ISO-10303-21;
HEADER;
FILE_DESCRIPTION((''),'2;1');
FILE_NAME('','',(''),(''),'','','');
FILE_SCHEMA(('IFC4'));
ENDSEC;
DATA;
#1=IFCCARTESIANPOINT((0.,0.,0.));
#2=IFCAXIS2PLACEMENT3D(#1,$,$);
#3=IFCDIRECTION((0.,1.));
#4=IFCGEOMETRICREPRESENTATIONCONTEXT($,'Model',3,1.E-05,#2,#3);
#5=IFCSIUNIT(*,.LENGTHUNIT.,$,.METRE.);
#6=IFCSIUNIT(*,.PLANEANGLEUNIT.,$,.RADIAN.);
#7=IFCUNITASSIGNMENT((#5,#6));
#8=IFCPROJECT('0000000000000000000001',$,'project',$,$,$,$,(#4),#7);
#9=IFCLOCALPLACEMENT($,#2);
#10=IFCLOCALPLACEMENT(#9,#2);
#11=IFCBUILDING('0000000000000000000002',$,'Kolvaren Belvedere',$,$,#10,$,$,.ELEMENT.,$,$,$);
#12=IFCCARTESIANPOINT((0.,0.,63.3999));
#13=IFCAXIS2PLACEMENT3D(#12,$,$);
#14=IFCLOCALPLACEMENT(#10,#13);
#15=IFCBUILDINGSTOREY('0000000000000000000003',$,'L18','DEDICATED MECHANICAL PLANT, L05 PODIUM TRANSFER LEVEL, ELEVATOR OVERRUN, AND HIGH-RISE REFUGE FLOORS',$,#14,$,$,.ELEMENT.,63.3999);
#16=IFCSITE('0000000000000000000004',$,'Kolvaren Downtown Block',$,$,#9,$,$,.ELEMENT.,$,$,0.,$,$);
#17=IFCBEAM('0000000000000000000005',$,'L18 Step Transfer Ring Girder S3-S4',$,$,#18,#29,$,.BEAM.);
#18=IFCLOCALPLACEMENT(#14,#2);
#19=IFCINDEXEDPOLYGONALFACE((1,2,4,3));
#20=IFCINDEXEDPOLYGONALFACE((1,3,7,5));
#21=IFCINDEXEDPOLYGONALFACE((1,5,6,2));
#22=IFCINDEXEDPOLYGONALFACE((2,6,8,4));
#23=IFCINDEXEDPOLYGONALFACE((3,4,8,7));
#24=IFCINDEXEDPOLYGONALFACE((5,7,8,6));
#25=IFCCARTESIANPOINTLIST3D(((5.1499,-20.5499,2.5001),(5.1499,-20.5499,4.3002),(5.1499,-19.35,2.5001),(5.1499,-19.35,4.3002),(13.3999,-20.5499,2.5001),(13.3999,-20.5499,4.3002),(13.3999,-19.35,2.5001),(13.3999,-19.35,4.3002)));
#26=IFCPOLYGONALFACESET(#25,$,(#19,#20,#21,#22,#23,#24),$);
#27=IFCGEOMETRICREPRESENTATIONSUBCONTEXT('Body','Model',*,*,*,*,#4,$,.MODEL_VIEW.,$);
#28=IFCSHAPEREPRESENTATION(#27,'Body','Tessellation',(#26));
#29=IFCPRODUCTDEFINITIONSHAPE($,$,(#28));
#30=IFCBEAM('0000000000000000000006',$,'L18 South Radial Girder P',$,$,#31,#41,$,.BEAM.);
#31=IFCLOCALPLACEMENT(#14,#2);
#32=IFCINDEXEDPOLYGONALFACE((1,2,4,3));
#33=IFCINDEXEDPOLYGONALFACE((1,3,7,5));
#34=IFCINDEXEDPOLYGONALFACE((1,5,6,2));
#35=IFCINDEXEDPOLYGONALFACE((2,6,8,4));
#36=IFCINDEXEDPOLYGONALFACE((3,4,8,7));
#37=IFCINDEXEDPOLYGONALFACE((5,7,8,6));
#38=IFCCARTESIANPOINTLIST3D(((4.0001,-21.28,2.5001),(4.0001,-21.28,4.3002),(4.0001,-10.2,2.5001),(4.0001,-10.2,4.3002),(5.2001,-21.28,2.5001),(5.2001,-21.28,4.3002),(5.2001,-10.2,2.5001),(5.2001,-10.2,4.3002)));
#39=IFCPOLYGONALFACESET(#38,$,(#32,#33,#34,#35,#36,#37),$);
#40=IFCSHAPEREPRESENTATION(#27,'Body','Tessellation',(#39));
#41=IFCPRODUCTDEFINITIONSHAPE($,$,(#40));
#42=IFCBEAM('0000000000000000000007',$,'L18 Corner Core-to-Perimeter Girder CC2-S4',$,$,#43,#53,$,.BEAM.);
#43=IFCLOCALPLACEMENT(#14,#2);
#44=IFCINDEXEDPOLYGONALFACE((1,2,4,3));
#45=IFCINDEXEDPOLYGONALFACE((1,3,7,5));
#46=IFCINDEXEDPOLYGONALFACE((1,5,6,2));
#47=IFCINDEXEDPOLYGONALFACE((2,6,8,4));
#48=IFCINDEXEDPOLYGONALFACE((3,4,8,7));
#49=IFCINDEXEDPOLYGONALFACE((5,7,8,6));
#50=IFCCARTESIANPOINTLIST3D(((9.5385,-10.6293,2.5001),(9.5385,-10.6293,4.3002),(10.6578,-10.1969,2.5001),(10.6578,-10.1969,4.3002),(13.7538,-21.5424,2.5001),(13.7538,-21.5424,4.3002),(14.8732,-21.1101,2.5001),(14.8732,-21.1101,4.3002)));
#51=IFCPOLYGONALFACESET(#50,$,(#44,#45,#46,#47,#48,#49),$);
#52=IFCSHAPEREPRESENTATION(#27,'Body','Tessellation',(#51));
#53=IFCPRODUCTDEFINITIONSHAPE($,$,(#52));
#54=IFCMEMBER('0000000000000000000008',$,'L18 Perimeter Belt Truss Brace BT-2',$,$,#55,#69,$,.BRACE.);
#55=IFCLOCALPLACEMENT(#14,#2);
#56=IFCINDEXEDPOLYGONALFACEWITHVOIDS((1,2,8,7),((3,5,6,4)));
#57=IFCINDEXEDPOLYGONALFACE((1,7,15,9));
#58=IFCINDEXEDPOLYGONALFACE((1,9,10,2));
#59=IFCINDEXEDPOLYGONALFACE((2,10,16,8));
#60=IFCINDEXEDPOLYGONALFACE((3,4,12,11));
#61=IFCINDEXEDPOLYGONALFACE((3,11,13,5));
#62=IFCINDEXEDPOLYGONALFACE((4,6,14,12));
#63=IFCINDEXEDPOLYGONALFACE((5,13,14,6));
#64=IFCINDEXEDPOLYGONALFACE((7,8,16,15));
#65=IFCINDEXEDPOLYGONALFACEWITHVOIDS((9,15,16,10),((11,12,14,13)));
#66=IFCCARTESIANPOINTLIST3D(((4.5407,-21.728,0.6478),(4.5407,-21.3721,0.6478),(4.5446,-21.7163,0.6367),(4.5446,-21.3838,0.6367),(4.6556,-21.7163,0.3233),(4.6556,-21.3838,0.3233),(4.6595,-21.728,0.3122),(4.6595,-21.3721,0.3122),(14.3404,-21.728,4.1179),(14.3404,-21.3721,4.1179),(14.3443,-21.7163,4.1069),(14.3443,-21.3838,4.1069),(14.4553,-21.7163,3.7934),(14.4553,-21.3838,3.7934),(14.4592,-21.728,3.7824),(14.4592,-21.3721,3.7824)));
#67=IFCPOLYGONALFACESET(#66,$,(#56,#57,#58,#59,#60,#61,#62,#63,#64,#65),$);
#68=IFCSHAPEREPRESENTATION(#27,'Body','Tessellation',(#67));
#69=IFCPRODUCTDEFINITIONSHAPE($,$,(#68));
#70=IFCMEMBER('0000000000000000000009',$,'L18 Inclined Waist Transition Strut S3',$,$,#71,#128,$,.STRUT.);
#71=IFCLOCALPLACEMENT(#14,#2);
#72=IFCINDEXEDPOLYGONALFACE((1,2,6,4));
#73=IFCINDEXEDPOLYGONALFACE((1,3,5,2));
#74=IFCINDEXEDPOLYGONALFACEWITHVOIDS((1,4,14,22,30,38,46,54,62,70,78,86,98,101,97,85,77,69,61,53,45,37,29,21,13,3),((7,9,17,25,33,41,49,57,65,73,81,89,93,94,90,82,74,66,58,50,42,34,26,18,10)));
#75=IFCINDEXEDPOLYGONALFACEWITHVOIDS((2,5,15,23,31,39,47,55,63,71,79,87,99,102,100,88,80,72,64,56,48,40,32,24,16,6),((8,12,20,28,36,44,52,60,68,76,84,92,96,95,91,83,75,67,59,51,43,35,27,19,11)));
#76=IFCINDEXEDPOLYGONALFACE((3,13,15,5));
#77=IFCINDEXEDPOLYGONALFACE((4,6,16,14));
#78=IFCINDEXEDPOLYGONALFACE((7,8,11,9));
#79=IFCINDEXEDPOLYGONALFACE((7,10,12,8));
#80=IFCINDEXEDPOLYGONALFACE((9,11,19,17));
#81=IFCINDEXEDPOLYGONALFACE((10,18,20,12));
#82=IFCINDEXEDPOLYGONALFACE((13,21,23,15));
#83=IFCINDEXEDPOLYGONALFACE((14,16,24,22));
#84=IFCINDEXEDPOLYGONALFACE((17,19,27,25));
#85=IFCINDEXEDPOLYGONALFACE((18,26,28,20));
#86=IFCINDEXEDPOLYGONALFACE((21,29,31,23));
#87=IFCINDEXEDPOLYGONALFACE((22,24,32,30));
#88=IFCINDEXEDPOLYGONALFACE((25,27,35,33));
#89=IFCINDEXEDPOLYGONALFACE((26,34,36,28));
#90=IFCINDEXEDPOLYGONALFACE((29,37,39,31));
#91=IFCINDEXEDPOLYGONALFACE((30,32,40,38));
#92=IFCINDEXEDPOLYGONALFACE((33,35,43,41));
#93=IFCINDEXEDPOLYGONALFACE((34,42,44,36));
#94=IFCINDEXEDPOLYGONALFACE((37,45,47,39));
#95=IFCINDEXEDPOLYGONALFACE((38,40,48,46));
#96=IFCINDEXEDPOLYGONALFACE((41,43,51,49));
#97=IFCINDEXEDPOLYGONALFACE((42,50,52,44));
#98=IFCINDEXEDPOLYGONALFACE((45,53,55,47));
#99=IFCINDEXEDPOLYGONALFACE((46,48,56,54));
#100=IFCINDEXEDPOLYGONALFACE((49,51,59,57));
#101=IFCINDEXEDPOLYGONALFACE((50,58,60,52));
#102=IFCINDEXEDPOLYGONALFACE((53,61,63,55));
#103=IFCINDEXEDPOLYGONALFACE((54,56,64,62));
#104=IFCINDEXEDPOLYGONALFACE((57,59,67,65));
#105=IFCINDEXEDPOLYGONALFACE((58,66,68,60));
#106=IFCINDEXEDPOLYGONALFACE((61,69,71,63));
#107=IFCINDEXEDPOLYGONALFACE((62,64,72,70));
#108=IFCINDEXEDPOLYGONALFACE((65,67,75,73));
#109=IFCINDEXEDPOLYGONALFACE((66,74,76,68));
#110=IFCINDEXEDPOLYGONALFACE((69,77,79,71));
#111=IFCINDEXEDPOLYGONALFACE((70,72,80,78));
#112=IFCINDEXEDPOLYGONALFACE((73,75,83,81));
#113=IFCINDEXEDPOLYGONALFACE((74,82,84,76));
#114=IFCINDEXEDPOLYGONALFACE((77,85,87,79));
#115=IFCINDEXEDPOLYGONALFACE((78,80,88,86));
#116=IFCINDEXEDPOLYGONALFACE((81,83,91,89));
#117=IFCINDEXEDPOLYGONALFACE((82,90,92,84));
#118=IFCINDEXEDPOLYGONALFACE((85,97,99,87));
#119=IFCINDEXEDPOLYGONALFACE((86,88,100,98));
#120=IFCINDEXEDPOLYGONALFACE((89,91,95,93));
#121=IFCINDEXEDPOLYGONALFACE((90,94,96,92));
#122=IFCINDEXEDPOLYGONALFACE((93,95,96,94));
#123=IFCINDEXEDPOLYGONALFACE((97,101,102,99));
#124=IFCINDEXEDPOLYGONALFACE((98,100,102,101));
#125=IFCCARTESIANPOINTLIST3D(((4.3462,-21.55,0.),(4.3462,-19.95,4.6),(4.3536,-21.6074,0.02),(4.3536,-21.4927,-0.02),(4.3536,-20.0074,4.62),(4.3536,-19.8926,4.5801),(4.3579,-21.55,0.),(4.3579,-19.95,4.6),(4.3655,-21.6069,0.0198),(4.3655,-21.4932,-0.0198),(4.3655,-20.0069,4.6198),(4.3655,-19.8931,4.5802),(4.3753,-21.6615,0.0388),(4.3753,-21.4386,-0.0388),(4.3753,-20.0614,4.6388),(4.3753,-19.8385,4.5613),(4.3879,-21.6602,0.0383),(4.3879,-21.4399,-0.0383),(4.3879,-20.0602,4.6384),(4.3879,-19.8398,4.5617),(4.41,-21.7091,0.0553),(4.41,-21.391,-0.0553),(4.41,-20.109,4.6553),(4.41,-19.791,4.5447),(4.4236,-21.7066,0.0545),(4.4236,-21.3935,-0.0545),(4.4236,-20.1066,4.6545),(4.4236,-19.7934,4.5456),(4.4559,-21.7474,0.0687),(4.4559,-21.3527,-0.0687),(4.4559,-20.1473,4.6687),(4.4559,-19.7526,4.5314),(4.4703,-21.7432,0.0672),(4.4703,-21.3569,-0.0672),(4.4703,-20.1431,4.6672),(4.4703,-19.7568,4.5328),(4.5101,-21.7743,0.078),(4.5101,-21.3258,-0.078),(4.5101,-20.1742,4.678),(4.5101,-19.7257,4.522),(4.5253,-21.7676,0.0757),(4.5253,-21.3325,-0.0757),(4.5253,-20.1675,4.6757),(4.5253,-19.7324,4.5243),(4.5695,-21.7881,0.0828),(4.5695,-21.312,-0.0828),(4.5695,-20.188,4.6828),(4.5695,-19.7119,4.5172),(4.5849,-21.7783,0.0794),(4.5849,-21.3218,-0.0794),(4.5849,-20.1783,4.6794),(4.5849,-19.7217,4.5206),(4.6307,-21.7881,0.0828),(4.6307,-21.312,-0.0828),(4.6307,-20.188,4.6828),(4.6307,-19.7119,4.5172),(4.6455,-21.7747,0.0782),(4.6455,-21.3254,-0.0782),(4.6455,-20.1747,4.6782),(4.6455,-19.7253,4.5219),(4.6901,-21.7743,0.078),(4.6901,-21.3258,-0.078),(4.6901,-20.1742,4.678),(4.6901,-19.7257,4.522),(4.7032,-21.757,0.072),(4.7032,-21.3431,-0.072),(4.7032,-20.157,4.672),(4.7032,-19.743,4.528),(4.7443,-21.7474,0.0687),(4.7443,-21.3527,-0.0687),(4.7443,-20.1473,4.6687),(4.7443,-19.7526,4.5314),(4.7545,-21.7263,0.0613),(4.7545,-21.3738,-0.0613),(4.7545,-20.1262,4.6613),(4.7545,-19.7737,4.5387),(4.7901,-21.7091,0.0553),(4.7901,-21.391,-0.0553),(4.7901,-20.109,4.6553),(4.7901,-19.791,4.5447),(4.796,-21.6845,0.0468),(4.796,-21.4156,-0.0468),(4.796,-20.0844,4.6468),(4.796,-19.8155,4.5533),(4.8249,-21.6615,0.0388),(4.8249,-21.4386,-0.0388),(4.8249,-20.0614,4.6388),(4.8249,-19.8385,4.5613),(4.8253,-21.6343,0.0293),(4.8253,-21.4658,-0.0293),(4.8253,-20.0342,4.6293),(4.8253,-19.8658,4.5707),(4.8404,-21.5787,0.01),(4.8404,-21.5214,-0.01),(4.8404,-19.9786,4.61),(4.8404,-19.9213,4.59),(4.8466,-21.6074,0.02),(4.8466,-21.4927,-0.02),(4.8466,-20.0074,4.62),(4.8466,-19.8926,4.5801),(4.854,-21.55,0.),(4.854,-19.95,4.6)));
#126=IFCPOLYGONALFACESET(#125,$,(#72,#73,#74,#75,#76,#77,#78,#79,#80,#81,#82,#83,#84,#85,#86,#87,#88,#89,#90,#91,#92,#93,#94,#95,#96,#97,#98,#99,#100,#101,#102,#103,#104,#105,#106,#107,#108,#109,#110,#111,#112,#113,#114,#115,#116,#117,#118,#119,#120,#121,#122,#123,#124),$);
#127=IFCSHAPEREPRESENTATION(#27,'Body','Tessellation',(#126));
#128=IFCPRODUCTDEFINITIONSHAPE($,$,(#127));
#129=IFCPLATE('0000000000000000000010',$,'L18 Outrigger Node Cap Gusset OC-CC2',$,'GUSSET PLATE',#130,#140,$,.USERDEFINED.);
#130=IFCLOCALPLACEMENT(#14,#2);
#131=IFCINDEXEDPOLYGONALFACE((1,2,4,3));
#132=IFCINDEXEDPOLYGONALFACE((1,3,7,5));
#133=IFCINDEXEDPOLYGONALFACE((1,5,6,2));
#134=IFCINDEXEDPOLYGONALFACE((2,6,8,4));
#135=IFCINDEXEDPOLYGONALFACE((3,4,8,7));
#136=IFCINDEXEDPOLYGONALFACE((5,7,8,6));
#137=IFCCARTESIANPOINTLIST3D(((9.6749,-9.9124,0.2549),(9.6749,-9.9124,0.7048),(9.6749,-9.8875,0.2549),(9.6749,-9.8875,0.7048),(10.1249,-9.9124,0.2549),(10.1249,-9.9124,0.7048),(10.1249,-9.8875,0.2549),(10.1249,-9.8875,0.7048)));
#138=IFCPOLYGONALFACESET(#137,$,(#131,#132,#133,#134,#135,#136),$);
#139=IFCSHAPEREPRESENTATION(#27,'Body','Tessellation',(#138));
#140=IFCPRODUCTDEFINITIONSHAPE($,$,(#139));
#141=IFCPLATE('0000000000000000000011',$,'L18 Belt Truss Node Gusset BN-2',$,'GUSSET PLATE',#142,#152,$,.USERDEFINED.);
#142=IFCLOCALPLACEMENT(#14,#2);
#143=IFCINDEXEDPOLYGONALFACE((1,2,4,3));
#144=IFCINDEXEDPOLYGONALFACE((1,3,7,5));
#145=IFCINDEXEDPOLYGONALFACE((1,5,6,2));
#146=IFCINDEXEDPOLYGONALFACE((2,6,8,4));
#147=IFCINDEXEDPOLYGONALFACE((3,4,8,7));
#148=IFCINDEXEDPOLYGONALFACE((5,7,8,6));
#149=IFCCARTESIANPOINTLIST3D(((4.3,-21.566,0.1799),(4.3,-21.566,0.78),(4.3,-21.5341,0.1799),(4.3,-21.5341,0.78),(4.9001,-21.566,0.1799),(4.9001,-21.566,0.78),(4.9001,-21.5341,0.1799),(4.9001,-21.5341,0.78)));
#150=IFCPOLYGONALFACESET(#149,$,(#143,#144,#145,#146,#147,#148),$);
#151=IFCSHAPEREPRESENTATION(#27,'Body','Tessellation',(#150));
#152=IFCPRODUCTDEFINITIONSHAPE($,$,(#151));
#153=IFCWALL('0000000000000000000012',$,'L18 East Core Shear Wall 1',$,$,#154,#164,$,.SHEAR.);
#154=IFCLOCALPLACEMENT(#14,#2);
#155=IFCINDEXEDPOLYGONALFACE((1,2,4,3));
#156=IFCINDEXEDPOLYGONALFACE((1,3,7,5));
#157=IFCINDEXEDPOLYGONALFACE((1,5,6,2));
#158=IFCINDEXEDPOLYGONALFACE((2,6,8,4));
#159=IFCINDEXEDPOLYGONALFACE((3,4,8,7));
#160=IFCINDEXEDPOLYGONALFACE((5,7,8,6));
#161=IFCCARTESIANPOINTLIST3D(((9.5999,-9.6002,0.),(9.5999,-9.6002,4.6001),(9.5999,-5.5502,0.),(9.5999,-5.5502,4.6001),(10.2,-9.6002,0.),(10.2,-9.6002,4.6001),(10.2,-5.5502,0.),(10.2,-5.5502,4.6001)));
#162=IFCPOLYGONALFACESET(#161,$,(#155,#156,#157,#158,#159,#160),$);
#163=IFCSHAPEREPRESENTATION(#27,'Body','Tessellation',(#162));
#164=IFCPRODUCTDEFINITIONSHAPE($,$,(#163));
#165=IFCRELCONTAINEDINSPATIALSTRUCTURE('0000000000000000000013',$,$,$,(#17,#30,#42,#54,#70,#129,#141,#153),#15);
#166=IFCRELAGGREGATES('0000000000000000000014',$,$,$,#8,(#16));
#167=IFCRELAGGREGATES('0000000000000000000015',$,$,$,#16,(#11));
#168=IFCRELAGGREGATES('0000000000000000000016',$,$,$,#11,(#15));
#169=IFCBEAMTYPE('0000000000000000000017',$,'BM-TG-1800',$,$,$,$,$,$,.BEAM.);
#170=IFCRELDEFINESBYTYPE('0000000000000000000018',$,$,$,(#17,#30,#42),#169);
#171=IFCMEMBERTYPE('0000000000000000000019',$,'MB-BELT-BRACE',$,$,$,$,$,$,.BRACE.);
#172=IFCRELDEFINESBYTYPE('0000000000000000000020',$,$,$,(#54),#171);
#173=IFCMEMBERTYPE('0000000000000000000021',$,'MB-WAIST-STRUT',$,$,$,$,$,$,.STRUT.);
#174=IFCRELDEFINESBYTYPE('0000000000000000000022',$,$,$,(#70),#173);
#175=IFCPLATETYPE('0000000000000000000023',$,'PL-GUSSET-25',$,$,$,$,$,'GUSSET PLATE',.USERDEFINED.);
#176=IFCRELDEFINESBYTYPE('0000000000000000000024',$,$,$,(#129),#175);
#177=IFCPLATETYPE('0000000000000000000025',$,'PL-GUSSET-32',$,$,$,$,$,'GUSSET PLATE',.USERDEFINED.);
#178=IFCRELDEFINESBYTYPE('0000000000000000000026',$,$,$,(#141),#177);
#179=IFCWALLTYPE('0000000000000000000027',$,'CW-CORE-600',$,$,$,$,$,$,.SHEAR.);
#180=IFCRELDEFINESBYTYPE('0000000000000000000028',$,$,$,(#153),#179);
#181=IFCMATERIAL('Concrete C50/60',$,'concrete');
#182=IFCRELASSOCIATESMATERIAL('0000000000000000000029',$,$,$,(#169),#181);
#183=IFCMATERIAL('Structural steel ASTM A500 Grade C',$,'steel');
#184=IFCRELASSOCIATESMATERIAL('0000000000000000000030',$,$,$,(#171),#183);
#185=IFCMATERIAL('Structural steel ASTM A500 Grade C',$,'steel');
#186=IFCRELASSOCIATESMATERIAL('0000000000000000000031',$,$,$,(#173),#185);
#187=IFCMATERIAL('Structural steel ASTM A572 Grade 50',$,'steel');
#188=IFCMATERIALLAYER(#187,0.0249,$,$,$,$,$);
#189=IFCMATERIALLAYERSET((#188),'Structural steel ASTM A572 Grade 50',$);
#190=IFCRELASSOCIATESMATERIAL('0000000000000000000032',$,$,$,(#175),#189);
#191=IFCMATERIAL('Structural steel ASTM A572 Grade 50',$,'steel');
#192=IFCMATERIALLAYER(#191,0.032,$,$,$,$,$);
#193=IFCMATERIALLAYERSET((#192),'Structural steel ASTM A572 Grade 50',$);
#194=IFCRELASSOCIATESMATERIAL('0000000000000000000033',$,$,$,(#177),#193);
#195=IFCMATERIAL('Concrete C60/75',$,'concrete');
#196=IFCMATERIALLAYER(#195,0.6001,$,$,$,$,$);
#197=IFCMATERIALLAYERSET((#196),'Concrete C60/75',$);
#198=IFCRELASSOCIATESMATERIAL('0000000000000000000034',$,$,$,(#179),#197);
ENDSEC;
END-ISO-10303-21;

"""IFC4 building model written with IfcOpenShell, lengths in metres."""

from ifc_helpers import new_model, si_unit, direction, frame, frame_2d, origin, origin_2d, place, context, subcontext, project, spatial, rectangle, hollow_rectangle, hollow_circle, extrude, material, layer, layer_set, material_profile, profile_set, type_object, element, save


model = new_model("IFC4")

# Units and contexts
model_context = context("Model", 3, precision=1e-05, world=origin(), true_north=direction((0.0, 1.0)))
body_context = subcontext(model_context, "Body", "Model", "MODEL_VIEW")
ifc_project = project(units=[si_unit("LENGTHUNIT", "METRE"), si_unit("PLANEANGLEUNIT", "RADIAN")], contexts=[model_context])

# Site, building, storey
site_placement = place(None, origin())
site = spatial("IfcSite", under=ifc_project, at=site_placement, Name="Kolvaren Downtown Block", CompositionType="ELEMENT", RefElevation=0.0)
building_placement = place(site_placement, origin())
building = spatial("IfcBuilding", under=site, at=building_placement, Name="Kolvaren Belvedere", CompositionType="ELEMENT")
storey_placement = place(building_placement, frame((0.0, 0.0, 63.3999)))
storey = spatial("IfcBuildingStorey", under=building, at=storey_placement, Name="L18", Description="DEDICATED MECHANICAL PLANT, L05 PODIUM TRANSFER LEVEL, ELEVATOR OVERRUN, AND HIGH-RISE REFUGE FLOORS", CompositionType="ELEMENT", Elevation=63.3999)

# Beams
ifc_material_1 = material(Name="Concrete C50/60", Category="concrete")
ifc_material_profile_1 = material_profile(ifc_material_1, rectangle(XDim=1.2, YDim=1.8, at=origin_2d()), Name="RC 1200X1800")
ifc_profile_set_1 = profile_set([ifc_material_profile_1], Name="Concrete C50/60")
beam_type_1 = type_object("IfcBeamType", Name="BM-TG-1800", PredefinedType="BEAM", material=ifc_profile_set_1)
beam_1_placement = place(storey_placement, frame((5.1499, -19.95, 3.4001), z_axis=(1.0, 0.0, 0.0), x_axis=(0.0, 1.0, 0.0)))
element("IfcBeam", 1, at=beam_1_placement, inside=storey, type_object=beam_type_1, Name="L18 Step Transfer Ring Girder S3-S4", PredefinedType="BEAM", context=body_context, shape_type="SweptSolid", body=[
    extrude(rectangle(XDim=1.2, YDim=1.8, at=origin_2d()), origin(), (0.0, 0.0, 1.0), 8.25),
])
beam_2_placement = place(storey_placement, frame((4.6001, -10.2, 3.4001), z_axis=(0.0, -1.0, 0.0), x_axis=(1.0, 0.0, 0.0)))
element("IfcBeam", 2, at=beam_2_placement, inside=storey, type_object=beam_type_1, Name="L18 South Radial Girder P", PredefinedType="BEAM", context=body_context, shape_type="SweptSolid", body=[
    extrude(rectangle(XDim=1.2, YDim=1.8, at=origin_2d()), origin(), (0.0, 0.0, 1.0), 11.0801),
])
beam_3_placement = place(storey_placement, frame((10.0981, -10.4131, 3.4001), z_axis=(0.360318, -0.932829, 0.0), x_axis=(0.932829, 0.360318, 0.0)))
element("IfcBeam", 3, at=beam_3_placement, inside=storey, type_object=beam_type_1, Name="L18 Corner Core-to-Perimeter Girder CC2-S4", PredefinedType="BEAM", context=body_context, shape_type="SweptSolid", body=[
    extrude(rectangle(XDim=1.2, YDim=1.8, at=origin_2d()), origin(), (0.0, 0.0, 1.0), 11.699),
])

# Members
ifc_material_2 = material(Name="Structural steel ASTM A500 Grade C", Category="steel")
ifc_material_profile_2 = material_profile(ifc_material_2, hollow_rectangle(XDim=0.356, YDim=0.356, WallThickness=0.0117, at=origin_2d()), Name="HSS14X14X1/2")
ifc_profile_set_2 = profile_set([ifc_material_profile_2], Name="Structural steel ASTM A500 Grade C")
member_type_1 = type_object("IfcMemberType", Name="MB-BELT-BRACE", PredefinedType="BRACE", material=ifc_profile_set_2)
member_1_placement = place(storey_placement, frame((4.6001, -21.55, 0.48), z_axis=(0.942644, 0.0, 0.3338), x_axis=(0.0, 1.0, 0.0)))
element("IfcMember", 4, at=member_1_placement, inside=storey, type_object=member_type_1, Name="L18 Perimeter Belt Truss Brace BT-2", PredefinedType="BRACE", context=body_context, shape_type="SweptSolid", body=[
    extrude(hollow_rectangle(XDim=0.356, YDim=0.356, WallThickness=0.0117, at=origin_2d()), origin(), (0.0, 0.0, 1.0), 10.396),
])
ifc_material_3 = material(Name="Structural steel ASTM A500 Grade C", Category="steel")
ifc_material_profile_3 = material_profile(ifc_material_3, hollow_circle(Radius=0.2539, WallThickness=0.0117, at=origin_2d()), Name="HSS20.000X0.500")
ifc_profile_set_3 = profile_set([ifc_material_profile_3], Name="Structural steel ASTM A500 Grade C")
member_type_2 = type_object("IfcMemberType", Name="MB-WAIST-STRUT", PredefinedType="STRUT", material=ifc_profile_set_3)
member_2_placement = place(storey_placement, frame((4.6001, -21.55, 0.0), z_axis=(0.0, 0.328532, 0.944493), x_axis=(-1.0, 0.0, 0.0)))
element("IfcMember", 5, at=member_2_placement, inside=storey, type_object=member_type_2, Name="L18 Inclined Waist Transition Strut S3", PredefinedType="STRUT", context=body_context, shape_type="SweptSolid", body=[
    extrude(hollow_circle(Radius=0.2539, WallThickness=0.0117, at=origin_2d()), origin(), (0.0, 0.0, 1.0), 4.8704),
])

# Plates
ifc_material_4 = material(Name="Structural steel ASTM A572 Grade 50", Category="steel")
ifc_layer_1 = layer(ifc_material_4, 0.0249)
ifc_layer_set_1 = layer_set([ifc_layer_1], Name="Structural steel ASTM A572 Grade 50")
plate_type_1 = type_object("IfcPlateType", Name="PL-GUSSET-25", ElementType="GUSSET PLATE", PredefinedType="USERDEFINED", material=ifc_layer_set_1)
plate_1_placement = place(storey_placement, frame((9.8999, -9.8999, 0.2549), z_axis=(0.0, 0.0, 1.0), x_axis=(1.0, 0.0, 0.0)))
element("IfcPlate", 6, at=plate_1_placement, inside=storey, type_object=plate_type_1, Name="L18 Outrigger Node Cap Gusset OC-CC2", ObjectType="GUSSET PLATE", PredefinedType="USERDEFINED", context=body_context, shape_type="SweptSolid", body=[
    extrude(rectangle(XDim=0.45, YDim=0.0249, at=origin_2d()), origin(), (0.0, 0.0, 1.0), 0.45),
])
ifc_material_5 = material(Name="Structural steel ASTM A572 Grade 50", Category="steel")
ifc_layer_2 = layer(ifc_material_5, 0.032)
ifc_layer_set_2 = layer_set([ifc_layer_2], Name="Structural steel ASTM A572 Grade 50")
plate_type_2 = type_object("IfcPlateType", Name="PL-GUSSET-32", ElementType="GUSSET PLATE", PredefinedType="USERDEFINED", material=ifc_layer_set_2)
plate_2_placement = place(storey_placement, frame((4.6001, -21.55, 0.1799), z_axis=(0.0, 0.0, 1.0), x_axis=(1.0, 0.0, 0.0)))
element("IfcPlate", 7, at=plate_2_placement, inside=storey, type_object=plate_type_2, Name="L18 Belt Truss Node Gusset BN-2", ObjectType="GUSSET PLATE", PredefinedType="USERDEFINED", context=body_context, shape_type="SweptSolid", body=[
    extrude(rectangle(XDim=0.6001, YDim=0.032, at=origin_2d()), origin(), (0.0, 0.0, 1.0), 0.6001),
])

# Wall
ifc_material_6 = material(Name="Concrete C60/75", Category="concrete")
ifc_layer_3 = layer(ifc_material_6, 0.6001)
ifc_layer_set_3 = layer_set([ifc_layer_3], Name="Concrete C60/75")
wall_type_1 = type_object("IfcWallType", Name="CW-CORE-600", PredefinedType="SHEAR", material=ifc_layer_set_3)
wall_1_placement = place(storey_placement, frame((9.8999, -9.6001, 0.0), z_axis=(0.0, 0.0, 1.0), x_axis=(0.0, 1.0, 0.0)))
element("IfcWall", 8, at=wall_1_placement, inside=storey, type_object=wall_type_1, Name="L18 East Core Shear Wall 1", PredefinedType="SHEAR", context=body_context, shape_type="SweptSolid", body=[
    extrude(rectangle(XDim=4.05, YDim=0.6001, at=frame_2d((2.0249, 0.0))), origin(), (0.0, 0.0, 1.0), 4.6001),
])

save(model, "model.ifc")
